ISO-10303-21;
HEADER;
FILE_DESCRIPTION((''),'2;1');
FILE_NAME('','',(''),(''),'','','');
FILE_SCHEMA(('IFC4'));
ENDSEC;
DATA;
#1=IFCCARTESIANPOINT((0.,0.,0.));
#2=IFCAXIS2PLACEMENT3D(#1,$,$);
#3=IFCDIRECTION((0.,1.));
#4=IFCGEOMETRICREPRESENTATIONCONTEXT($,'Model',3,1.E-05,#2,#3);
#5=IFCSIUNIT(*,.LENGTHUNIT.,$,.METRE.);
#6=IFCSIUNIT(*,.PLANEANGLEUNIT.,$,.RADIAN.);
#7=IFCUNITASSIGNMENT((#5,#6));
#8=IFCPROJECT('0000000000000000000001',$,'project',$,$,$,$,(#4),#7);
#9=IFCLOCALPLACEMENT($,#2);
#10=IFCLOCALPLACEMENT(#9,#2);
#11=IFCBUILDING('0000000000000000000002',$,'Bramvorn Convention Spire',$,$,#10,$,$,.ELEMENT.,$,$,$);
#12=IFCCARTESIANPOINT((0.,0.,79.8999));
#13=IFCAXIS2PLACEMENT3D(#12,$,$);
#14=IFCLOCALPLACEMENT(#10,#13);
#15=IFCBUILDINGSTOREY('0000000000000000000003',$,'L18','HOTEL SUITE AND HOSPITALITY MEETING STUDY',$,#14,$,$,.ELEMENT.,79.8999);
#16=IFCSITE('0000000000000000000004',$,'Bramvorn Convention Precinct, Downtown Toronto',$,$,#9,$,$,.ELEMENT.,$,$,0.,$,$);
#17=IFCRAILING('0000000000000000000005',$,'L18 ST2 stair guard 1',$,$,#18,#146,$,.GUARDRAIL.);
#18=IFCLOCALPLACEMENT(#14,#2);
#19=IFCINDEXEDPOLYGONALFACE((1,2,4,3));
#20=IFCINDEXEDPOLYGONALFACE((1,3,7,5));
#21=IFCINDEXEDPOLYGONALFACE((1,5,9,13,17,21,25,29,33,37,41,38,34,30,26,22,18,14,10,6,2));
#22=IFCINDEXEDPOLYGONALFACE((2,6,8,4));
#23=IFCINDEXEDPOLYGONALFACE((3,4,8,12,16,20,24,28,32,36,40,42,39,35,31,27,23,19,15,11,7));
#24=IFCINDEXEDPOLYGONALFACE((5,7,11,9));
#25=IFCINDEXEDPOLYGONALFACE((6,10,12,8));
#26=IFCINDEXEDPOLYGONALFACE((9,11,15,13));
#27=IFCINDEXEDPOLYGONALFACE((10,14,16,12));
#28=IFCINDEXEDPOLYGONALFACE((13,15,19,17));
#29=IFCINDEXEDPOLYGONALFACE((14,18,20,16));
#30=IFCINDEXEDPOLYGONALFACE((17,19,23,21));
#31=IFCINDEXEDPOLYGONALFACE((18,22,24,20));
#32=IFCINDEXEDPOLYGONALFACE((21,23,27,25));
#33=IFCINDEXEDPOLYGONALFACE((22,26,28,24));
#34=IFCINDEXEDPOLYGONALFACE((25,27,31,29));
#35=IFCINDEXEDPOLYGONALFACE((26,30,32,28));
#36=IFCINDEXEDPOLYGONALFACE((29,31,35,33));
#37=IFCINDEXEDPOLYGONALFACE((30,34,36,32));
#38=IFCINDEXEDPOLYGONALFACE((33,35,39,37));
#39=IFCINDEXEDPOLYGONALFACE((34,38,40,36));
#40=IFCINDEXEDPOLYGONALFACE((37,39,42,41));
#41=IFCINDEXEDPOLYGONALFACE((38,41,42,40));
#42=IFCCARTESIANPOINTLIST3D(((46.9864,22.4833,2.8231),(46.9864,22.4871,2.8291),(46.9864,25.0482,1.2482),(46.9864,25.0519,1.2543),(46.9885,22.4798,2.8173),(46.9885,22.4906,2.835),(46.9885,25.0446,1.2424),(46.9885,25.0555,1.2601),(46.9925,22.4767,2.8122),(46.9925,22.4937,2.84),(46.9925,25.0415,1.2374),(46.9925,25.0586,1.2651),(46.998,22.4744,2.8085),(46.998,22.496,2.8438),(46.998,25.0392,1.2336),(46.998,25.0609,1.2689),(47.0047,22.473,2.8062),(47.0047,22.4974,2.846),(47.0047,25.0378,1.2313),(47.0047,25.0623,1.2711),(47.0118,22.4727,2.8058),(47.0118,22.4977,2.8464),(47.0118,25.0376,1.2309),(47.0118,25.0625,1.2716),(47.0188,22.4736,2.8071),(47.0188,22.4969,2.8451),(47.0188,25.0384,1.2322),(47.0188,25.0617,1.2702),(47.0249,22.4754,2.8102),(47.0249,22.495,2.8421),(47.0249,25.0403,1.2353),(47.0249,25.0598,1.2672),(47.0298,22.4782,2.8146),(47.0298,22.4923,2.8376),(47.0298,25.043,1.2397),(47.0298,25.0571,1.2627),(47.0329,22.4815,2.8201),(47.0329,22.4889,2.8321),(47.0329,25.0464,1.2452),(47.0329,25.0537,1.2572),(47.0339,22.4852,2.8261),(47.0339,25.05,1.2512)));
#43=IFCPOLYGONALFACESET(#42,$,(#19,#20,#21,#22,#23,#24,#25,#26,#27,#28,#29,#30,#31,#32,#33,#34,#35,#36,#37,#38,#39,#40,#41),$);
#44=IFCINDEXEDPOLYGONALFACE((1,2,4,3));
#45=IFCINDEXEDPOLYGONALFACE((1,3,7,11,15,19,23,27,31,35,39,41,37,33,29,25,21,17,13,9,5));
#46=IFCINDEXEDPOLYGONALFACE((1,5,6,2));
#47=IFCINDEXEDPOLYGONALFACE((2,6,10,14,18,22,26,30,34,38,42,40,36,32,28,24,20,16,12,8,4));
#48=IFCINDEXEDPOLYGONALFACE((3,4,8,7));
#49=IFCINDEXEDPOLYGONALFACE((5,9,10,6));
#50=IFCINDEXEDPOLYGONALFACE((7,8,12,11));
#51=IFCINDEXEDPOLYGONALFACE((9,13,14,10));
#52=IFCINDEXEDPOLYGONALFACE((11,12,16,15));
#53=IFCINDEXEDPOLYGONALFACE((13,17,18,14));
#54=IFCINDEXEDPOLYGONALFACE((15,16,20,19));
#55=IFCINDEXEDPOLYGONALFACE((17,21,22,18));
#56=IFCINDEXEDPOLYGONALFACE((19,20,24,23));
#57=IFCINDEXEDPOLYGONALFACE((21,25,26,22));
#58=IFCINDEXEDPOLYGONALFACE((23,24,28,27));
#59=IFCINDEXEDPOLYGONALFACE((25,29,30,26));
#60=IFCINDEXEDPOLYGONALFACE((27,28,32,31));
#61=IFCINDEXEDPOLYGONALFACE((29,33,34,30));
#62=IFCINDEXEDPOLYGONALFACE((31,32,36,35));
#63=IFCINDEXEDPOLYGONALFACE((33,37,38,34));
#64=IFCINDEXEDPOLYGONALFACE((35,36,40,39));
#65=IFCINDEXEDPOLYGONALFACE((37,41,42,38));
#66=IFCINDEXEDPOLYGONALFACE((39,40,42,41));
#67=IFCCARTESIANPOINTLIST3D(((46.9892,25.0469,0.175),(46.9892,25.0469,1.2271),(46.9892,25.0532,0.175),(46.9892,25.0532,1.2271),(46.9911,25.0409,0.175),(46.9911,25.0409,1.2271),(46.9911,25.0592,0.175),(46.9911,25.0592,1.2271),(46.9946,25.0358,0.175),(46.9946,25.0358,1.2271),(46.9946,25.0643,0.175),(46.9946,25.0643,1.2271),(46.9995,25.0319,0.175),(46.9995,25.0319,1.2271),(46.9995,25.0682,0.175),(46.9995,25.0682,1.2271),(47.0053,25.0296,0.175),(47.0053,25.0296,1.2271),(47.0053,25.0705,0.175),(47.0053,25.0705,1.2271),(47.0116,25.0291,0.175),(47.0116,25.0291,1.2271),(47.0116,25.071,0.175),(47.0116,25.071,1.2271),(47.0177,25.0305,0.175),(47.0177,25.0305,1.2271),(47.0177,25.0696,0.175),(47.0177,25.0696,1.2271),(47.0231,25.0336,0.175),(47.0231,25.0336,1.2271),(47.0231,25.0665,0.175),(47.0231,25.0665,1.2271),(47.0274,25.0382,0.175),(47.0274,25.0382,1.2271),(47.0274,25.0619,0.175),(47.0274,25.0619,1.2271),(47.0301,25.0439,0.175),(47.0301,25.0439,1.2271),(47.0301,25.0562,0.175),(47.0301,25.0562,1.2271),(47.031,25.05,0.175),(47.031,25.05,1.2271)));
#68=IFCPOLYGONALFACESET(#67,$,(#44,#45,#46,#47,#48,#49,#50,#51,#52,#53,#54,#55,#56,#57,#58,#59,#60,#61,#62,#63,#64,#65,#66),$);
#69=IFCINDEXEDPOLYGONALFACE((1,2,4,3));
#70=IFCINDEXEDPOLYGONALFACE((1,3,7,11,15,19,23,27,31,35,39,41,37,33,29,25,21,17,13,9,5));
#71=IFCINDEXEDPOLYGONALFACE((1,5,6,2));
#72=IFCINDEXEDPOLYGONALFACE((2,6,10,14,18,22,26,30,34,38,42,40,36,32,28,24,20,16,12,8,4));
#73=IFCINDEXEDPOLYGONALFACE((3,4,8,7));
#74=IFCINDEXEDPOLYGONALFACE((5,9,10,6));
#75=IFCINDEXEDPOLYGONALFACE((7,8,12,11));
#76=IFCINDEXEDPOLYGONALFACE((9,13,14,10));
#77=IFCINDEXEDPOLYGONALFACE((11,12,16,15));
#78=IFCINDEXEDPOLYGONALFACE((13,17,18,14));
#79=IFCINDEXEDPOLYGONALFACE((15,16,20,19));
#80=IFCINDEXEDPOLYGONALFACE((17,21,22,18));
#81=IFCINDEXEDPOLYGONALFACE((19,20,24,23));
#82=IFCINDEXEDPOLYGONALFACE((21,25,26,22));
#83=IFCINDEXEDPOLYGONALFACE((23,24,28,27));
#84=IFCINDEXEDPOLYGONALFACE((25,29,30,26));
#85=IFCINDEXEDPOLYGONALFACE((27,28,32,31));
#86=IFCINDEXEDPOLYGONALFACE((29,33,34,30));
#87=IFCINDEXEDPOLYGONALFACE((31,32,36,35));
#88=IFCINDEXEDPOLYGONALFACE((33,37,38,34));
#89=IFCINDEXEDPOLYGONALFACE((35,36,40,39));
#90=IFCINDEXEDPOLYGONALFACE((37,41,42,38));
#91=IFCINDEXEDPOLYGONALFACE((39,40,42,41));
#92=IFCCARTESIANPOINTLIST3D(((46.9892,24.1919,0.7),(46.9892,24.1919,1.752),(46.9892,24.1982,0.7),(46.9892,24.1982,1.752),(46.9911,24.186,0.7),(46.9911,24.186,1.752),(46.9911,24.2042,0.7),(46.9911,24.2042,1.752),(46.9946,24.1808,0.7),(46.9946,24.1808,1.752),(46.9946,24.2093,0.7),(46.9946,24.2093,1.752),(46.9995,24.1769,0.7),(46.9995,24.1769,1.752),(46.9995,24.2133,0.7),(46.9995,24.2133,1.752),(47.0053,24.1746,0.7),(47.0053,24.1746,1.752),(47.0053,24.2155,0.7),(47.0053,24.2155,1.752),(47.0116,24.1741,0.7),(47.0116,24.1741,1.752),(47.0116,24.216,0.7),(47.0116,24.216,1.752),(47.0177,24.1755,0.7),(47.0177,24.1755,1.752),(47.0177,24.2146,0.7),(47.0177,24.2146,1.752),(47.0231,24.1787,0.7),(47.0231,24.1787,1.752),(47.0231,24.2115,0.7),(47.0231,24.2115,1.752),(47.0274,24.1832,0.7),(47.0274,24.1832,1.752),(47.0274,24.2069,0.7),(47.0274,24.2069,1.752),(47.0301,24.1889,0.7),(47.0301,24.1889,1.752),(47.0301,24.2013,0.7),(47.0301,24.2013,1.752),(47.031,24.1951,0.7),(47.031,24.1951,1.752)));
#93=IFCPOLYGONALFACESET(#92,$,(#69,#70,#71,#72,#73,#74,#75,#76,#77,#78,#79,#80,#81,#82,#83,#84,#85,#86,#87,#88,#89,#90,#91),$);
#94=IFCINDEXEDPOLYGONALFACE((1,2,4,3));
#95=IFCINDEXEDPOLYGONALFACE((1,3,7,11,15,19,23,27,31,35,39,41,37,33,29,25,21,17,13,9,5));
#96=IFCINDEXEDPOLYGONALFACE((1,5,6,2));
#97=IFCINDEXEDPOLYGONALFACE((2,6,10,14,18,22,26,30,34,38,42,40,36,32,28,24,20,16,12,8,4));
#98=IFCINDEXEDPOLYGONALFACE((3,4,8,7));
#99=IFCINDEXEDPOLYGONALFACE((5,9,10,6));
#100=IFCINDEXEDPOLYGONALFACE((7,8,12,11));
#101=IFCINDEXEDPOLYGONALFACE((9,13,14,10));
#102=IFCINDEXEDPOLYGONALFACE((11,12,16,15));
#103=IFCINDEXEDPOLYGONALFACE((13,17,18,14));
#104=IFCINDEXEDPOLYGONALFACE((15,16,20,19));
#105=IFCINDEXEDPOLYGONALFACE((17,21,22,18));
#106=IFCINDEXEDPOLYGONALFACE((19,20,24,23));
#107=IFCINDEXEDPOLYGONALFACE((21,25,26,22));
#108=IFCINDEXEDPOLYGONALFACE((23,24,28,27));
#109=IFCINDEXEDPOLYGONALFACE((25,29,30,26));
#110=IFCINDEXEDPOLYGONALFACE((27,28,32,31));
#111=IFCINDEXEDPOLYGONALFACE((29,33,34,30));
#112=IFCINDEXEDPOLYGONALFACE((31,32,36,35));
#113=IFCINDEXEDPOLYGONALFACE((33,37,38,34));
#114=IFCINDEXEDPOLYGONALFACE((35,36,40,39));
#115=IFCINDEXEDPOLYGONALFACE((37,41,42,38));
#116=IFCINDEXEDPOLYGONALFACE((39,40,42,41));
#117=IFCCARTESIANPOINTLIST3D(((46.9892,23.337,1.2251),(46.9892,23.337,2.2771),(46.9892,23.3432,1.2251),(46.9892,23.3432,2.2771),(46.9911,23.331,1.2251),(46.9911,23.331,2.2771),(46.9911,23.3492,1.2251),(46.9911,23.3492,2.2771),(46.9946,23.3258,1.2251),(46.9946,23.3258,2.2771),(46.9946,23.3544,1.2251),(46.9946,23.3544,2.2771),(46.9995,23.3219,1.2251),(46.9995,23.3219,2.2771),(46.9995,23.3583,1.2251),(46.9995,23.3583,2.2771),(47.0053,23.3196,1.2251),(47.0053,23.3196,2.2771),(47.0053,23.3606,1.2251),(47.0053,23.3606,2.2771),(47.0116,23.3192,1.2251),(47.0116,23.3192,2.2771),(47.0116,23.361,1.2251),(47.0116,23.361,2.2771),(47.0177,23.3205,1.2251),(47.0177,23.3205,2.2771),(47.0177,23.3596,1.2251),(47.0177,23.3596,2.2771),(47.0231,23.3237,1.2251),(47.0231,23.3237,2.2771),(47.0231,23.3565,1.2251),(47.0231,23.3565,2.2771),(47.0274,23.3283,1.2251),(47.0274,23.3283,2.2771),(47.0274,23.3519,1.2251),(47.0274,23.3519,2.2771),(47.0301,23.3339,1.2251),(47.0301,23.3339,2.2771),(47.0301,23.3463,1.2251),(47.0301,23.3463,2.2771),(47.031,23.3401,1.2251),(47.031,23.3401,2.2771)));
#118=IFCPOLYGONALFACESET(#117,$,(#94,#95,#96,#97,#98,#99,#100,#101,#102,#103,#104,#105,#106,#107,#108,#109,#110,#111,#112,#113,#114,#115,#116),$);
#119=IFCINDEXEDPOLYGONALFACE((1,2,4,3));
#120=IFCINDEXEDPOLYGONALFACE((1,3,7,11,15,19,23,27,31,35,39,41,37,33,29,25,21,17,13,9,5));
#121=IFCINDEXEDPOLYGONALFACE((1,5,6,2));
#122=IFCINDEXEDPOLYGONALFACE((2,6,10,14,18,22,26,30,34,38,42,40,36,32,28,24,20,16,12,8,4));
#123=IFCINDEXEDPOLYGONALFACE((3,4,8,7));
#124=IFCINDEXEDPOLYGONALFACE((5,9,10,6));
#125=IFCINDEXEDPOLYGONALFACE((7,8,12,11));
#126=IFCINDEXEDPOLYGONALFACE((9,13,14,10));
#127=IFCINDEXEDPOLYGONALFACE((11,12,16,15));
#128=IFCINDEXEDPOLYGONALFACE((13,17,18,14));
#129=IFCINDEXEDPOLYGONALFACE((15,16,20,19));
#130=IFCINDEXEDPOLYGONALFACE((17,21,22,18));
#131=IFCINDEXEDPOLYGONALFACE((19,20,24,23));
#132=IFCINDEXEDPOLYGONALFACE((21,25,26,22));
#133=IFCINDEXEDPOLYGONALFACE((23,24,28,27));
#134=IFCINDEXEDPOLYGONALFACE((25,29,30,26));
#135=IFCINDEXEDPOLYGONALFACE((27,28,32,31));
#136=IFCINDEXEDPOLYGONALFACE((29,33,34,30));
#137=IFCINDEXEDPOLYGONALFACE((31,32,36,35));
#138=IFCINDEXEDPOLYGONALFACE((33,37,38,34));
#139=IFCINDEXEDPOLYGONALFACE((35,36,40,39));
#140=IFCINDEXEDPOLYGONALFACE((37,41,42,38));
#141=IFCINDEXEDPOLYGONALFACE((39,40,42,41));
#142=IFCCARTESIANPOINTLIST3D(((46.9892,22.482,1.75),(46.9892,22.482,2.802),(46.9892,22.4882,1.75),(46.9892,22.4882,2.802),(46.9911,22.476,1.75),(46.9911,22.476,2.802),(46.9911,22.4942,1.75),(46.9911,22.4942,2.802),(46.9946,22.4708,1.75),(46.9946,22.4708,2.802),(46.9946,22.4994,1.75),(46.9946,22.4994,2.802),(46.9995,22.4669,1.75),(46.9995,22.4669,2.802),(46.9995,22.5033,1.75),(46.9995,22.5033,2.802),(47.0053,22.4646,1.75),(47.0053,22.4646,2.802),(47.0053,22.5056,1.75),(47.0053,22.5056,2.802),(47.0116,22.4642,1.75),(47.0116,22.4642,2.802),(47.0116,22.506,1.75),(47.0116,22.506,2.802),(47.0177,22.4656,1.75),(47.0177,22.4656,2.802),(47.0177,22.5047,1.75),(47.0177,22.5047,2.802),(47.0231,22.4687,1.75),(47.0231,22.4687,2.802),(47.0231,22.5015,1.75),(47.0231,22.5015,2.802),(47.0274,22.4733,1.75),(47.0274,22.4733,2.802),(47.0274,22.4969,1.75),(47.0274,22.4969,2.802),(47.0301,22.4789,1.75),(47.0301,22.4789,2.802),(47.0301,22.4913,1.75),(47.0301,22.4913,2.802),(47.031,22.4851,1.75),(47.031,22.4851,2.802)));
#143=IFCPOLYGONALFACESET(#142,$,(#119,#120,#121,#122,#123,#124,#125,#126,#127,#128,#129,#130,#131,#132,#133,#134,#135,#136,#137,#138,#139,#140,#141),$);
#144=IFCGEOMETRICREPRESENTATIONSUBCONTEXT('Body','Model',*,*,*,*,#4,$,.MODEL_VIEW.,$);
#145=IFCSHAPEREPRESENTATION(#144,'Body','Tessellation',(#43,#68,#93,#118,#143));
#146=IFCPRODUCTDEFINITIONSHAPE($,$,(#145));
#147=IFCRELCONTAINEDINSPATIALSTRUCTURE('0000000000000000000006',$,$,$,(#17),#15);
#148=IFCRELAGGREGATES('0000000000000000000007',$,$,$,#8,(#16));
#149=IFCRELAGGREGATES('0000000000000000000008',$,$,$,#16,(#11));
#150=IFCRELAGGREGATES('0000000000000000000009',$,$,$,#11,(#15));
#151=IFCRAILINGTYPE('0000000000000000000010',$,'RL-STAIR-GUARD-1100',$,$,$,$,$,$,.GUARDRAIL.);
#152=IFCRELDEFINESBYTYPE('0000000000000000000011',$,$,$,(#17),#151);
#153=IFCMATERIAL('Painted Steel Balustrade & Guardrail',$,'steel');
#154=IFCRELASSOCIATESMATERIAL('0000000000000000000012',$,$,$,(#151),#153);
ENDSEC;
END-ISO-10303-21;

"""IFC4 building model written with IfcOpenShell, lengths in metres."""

from ifc_helpers import new_model, si_unit, direction, frame, origin, origin_2d, place, context, subcontext, project, spatial, circle, extrude, material, type_object, element, save


model = new_model("IFC4")

# Units and contexts
model_context = context("Model", 3, precision=1e-05, world=origin(), true_north=direction((0.0, 1.0)))
body_context = subcontext(model_context, "Body", "Model", "MODEL_VIEW")
ifc_project = project(units=[si_unit("LENGTHUNIT", "METRE"), si_unit("PLANEANGLEUNIT", "RADIAN")], contexts=[model_context])

# Site, building, storey
site_placement = place(None, origin())
site = spatial("IfcSite", under=ifc_project, at=site_placement, Name="Bramvorn Convention Precinct, Downtown Toronto", CompositionType="ELEMENT", RefElevation=0.0)
building_placement = place(site_placement, origin())
building = spatial("IfcBuilding", under=site, at=building_placement, Name="Bramvorn Convention Spire", CompositionType="ELEMENT")
storey_placement = place(building_placement, frame((0.0, 0.0, 79.8999)))
storey = spatial("IfcBuildingStorey", under=building, at=storey_placement, Name="L18", Description="HOTEL SUITE AND HOSPITALITY MEETING STUDY", CompositionType="ELEMENT", Elevation=79.8999)

# Railing
ifc_material_1 = material(Name="Painted Steel Balustrade & Guardrail", Category="steel")
railing_type = type_object("IfcRailingType", Name="RL-STAIR-GUARD-1100", PredefinedType="GUARDRAIL", material=ifc_material_1)
railing_1_placement = place(storey_placement, frame((47.01, 25.05, 0.175)))
element("IfcRailing", 1, at=railing_1_placement, inside=storey, type_object=railing_type, Name="L18 ST2 stair guard 1", PredefinedType="GUARDRAIL", context=body_context, shape_type="SweptSolid", body=[
    extrude(circle(Radius=0.0239, at=origin_2d()), frame((0.0, 0.0, 1.0762), z_axis=(0.0, -0.852173, 0.52326), x_axis=(1.0, 0.0, 0.0)), (0.0, 0.0, 1.0), 3.0098),
    extrude(circle(Radius=0.021, at=origin_2d()), origin(), (0.0, 0.0, 1.0), 1.052),
    extrude(circle(Radius=0.021, at=origin_2d()), frame((0.0, -0.855, 0.5249)), (0.0, 0.0, 1.0), 1.052),
    extrude(circle(Radius=0.021, at=origin_2d()), frame((0.0, -1.71, 1.05)), (0.0, 0.0, 1.0), 1.052),
    extrude(circle(Radius=0.021, at=origin_2d()), frame((0.0, -2.5649, 1.575)), (0.0, 0.0, 1.0), 1.052),
])

save(model, "model.ifc")
